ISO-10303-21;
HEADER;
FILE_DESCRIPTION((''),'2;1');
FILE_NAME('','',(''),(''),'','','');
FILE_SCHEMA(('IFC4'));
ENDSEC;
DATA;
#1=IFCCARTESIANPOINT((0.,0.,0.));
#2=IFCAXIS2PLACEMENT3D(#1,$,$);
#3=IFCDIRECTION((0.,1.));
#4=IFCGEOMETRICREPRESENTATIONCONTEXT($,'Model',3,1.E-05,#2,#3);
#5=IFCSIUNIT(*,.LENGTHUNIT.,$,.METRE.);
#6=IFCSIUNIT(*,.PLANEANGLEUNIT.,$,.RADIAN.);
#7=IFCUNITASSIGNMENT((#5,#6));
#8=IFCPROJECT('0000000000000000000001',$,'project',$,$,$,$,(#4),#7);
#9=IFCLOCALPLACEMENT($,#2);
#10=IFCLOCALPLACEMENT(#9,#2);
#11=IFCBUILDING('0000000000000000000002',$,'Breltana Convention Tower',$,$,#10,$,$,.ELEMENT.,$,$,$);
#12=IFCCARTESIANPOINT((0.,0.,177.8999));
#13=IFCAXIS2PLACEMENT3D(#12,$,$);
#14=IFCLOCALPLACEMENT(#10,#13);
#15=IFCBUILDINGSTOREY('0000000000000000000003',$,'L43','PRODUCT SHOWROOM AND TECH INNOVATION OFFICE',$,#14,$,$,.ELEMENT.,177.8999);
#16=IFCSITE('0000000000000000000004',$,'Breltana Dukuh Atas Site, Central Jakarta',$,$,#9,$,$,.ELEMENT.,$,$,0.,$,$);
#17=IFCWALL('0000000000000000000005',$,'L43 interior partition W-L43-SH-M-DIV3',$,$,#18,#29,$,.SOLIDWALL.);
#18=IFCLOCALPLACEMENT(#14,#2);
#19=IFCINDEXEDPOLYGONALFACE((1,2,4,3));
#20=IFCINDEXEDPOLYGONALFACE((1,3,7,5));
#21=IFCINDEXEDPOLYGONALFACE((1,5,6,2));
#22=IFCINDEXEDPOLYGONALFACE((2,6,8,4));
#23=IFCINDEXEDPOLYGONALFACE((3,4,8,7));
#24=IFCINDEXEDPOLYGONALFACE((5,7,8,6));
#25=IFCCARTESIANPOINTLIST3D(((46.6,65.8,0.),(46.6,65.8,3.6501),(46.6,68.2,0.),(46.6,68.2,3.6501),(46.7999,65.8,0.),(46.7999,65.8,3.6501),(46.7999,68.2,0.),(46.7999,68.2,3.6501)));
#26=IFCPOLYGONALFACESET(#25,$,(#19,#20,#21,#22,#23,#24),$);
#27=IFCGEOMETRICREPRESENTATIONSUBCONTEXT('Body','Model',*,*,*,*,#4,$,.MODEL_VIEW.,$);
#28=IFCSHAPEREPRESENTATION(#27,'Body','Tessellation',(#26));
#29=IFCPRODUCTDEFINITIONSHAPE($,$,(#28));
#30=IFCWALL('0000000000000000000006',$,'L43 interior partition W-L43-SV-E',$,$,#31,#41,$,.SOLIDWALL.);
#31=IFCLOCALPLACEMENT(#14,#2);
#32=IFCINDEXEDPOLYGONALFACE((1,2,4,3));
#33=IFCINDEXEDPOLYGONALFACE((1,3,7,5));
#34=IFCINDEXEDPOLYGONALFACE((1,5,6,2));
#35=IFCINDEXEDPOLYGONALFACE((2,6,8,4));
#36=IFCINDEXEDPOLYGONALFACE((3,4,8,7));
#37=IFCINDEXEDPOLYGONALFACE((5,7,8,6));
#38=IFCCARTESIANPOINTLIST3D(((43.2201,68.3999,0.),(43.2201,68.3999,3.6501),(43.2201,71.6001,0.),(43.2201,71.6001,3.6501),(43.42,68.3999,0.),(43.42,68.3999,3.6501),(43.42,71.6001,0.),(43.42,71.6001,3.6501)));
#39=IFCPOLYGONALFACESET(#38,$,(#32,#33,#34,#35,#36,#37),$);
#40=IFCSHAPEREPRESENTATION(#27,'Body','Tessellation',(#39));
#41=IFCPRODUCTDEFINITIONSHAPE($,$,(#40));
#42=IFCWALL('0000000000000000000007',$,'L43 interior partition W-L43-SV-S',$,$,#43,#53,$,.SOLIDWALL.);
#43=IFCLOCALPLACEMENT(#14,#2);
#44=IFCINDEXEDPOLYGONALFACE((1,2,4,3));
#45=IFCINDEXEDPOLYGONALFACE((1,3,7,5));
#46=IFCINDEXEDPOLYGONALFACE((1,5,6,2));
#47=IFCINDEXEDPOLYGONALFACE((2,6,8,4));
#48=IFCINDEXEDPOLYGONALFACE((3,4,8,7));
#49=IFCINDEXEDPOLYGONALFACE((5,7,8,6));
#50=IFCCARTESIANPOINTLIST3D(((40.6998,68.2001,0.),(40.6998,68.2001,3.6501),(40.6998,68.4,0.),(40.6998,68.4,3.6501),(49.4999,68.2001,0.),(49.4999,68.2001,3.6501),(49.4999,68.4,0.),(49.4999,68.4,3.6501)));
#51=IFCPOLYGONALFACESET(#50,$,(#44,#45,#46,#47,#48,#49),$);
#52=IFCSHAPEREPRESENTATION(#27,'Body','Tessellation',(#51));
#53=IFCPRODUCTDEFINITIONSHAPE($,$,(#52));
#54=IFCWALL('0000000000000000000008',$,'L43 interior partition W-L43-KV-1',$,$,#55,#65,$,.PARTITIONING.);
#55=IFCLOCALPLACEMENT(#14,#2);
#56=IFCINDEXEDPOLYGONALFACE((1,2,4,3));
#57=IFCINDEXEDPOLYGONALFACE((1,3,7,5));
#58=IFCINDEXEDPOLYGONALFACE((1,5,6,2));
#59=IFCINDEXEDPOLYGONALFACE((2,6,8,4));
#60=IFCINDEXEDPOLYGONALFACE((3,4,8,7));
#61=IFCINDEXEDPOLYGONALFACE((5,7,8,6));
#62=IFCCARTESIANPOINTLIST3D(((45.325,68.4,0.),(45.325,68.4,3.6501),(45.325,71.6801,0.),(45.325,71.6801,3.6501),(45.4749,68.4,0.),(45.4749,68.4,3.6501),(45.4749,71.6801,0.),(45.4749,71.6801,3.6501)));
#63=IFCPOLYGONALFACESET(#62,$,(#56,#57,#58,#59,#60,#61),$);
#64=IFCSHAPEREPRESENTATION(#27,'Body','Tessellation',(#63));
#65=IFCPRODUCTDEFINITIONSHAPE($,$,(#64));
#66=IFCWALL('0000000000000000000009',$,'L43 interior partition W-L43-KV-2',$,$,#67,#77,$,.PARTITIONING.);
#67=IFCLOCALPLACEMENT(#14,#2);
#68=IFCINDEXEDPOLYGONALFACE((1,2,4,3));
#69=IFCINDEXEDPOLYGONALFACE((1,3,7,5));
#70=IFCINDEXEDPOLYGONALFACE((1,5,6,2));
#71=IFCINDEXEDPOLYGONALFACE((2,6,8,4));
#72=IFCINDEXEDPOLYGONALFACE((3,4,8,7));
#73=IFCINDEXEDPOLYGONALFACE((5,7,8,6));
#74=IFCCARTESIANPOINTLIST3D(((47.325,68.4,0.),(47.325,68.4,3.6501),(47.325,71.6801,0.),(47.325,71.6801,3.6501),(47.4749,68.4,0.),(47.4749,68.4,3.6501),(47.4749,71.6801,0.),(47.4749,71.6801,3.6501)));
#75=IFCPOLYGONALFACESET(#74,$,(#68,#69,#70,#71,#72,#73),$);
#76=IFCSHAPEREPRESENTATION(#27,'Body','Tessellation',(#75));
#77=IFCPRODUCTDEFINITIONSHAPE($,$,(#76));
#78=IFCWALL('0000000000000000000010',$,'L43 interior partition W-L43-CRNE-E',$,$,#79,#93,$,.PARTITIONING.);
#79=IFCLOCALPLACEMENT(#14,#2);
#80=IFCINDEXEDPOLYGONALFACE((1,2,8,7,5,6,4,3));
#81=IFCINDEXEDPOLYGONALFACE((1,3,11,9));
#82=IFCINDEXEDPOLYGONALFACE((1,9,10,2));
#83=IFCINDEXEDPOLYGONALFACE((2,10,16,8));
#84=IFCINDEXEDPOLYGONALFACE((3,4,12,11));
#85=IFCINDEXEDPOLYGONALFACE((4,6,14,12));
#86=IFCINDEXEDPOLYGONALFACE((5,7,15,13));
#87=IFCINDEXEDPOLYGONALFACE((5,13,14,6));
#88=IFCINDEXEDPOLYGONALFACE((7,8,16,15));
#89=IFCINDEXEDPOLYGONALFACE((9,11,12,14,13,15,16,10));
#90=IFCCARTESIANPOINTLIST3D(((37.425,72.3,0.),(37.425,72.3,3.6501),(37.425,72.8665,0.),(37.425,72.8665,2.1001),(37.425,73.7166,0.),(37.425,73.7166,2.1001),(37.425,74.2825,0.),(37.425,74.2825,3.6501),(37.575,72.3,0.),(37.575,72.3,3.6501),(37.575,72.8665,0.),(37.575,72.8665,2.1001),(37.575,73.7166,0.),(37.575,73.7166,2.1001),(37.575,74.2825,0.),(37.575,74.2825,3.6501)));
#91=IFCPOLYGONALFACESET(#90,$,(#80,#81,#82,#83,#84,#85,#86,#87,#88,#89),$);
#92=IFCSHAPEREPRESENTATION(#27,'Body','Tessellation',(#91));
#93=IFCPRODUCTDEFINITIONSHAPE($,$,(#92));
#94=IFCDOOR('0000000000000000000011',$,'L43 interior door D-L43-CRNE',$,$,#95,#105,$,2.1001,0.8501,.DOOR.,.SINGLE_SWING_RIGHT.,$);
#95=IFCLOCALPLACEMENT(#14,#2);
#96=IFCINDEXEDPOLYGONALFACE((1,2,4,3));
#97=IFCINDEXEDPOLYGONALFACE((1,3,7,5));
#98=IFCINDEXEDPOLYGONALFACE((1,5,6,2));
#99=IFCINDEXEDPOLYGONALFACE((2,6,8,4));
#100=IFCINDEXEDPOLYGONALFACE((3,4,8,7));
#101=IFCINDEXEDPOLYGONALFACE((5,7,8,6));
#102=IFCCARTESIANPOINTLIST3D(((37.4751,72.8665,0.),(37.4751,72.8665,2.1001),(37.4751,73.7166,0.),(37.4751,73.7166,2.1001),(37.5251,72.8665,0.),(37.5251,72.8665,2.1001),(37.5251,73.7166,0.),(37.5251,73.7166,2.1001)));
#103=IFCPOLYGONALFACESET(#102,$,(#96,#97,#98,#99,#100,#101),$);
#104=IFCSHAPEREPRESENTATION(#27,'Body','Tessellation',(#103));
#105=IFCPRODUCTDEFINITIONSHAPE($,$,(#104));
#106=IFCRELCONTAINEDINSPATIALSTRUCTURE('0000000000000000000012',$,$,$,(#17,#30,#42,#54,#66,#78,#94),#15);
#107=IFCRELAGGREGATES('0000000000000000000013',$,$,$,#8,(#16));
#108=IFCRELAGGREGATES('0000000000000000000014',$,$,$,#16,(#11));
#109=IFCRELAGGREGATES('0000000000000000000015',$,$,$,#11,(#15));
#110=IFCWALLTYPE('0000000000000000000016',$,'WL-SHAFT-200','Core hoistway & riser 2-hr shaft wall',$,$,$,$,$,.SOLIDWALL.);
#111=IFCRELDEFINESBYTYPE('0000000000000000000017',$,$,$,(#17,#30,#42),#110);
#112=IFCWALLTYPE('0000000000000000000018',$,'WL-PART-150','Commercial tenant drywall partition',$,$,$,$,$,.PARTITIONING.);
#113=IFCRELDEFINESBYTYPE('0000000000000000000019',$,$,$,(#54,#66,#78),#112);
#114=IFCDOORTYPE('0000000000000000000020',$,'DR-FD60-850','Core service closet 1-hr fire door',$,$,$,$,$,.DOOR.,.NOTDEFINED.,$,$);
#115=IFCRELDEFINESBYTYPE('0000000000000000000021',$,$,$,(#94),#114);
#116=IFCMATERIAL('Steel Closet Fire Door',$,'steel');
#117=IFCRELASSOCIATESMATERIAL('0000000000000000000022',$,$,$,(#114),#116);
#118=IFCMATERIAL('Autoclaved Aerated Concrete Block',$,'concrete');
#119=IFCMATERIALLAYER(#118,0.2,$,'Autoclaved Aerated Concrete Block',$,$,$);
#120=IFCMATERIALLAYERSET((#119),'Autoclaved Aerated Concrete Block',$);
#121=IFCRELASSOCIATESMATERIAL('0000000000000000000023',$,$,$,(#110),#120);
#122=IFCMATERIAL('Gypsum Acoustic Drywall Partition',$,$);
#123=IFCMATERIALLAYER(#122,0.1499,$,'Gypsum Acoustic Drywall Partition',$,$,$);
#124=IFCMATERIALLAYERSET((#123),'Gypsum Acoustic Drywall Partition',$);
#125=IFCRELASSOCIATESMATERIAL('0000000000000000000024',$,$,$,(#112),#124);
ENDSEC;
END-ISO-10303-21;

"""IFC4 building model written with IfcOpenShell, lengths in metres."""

from ifc_helpers import new_model, si_unit, direction, frame, frame_2d, origin, place, context, subcontext, project, spatial, rectangle, extrude, source, transform, mapped, material, layer, layer_set, type_object, type_shapes, element, fill, save


model = new_model("IFC4")

# Units and contexts
model_context = context("Model", 3, precision=1e-05, world=origin(), true_north=direction((0.0, 1.0)))
body_context = subcontext(model_context, "Body", "Model", "MODEL_VIEW")
ifc_project = project(units=[si_unit("LENGTHUNIT", "METRE"), si_unit("PLANEANGLEUNIT", "RADIAN")], contexts=[model_context])

# Site, building, storey
site_placement = place(None, origin())
site = spatial("IfcSite", under=ifc_project, at=site_placement, Name="Breltana Dukuh Atas Site, Central Jakarta", CompositionType="ELEMENT", RefElevation=0.0)
building_placement = place(site_placement, origin())
building = spatial("IfcBuilding", under=site, at=building_placement, Name="Breltana Convention Tower", CompositionType="ELEMENT")
storey_placement = place(building_placement, frame((0.0, 0.0, 177.8999)))
storey = spatial("IfcBuildingStorey", under=building, at=storey_placement, Name="L43", Description="PRODUCT SHOWROOM AND TECH INNOVATION OFFICE", CompositionType="ELEMENT", Elevation=177.8999)

# Shared definitions
ifc_material_1 = material(Name="Steel Closet Fire Door", Category="steel")
door_type_1 = type_object("IfcDoorType", Name="DR-FD60-850", Description="Core service closet 1-hr fire door", OperationType="NOTDEFINED", PredefinedType="DOOR", material=ifc_material_1)
shared_shape_1 = source(origin(), body_context, "Body", "SweptSolid", [
    extrude(rectangle(XDim=0.8501, YDim=2.1001, at=frame_2d((0.425, 1.05))), frame((0.0, 0.0249, 0.0), z_axis=(0.0, -1.0, 0.0), x_axis=(1.0, 0.0, 0.0)), (0.0, 0.0, 1.0), 0.05),
])
type_shapes(door_type_1, [shared_shape_1])

# Walls
ifc_material_2 = material(Name="Autoclaved Aerated Concrete Block", Category="concrete")
ifc_layer_1 = layer(ifc_material_2, 0.2, Name="Autoclaved Aerated Concrete Block")
ifc_layer_set_1 = layer_set([ifc_layer_1], Name="Autoclaved Aerated Concrete Block")
wall_type_1 = type_object("IfcWallType", Name="WL-SHAFT-200", Description="Core hoistway & riser 2-hr shaft wall", PredefinedType="SOLIDWALL", material=ifc_layer_set_1)
shared_shape_2 = source(origin(), body_context, "Body", "SweptSolid", [
    extrude(rectangle(XDim=2.3999, YDim=0.2, at=frame_2d((1.2, 0.0))), origin(), (0.0, 0.0, 1.0), 3.6501),
])
wall_1_placement = place(storey_placement, frame((46.7, 65.8, 0.0), z_axis=(0.0, 0.0, 1.0), x_axis=(0.0, 1.0, 0.0)))
element("IfcWall", 1, at=wall_1_placement, inside=storey, type_object=wall_type_1, Name="L43 interior partition W-L43-SH-M-DIV3", PredefinedType="SOLIDWALL", context=body_context, shape_type="MappedRepresentation", body=[
    mapped(shared_shape_2, transform((0.0, 0.0, 0.0), scale=1.0)),
])
shared_shape_3 = source(origin(), body_context, "Body", "SweptSolid", [
    extrude(rectangle(XDim=3.2002, YDim=0.2, at=frame_2d((1.6001, 0.0))), origin(), (0.0, 0.0, 1.0), 3.6501),
])
wall_2_placement = place(storey_placement, frame((43.3201, 68.3999, 0.0), z_axis=(0.0, 0.0, 1.0), x_axis=(0.0, 1.0, 0.0)))
element("IfcWall", 2, at=wall_2_placement, inside=storey, type_object=wall_type_1, Name="L43 interior partition W-L43-SV-E", PredefinedType="SOLIDWALL", context=body_context, shape_type="MappedRepresentation", body=[
    mapped(shared_shape_3, transform((0.0, 0.0, 0.0), scale=1.0)),
])
shared_shape_4 = source(origin(), body_context, "Body", "SweptSolid", [
    extrude(rectangle(XDim=8.8, YDim=0.2, at=frame_2d((4.3999, 0.0))), origin(), (0.0, 0.0, 1.0), 3.6501),
])
wall_3_placement = place(storey_placement, frame((40.7, 68.3, 0.0), z_axis=(0.0, 0.0, 1.0), x_axis=(1.0, 0.0, 0.0)))
element("IfcWall", 3, at=wall_3_placement, inside=storey, type_object=wall_type_1, Name="L43 interior partition W-L43-SV-S", PredefinedType="SOLIDWALL", context=body_context, shape_type="MappedRepresentation", body=[
    mapped(shared_shape_4, transform((0.0, 0.0, 0.0), scale=1.0)),
])
ifc_material_3 = material(Name="Gypsum Acoustic Drywall Partition")
ifc_layer_2 = layer(ifc_material_3, 0.1499, Name="Gypsum Acoustic Drywall Partition")
ifc_layer_set_2 = layer_set([ifc_layer_2], Name="Gypsum Acoustic Drywall Partition")
wall_type_2 = type_object("IfcWallType", Name="WL-PART-150", Description="Commercial tenant drywall partition", PredefinedType="PARTITIONING", material=ifc_layer_set_2)
shared_shape_5 = source(origin(), body_context, "Body", "SweptSolid", [
    extrude(rectangle(XDim=3.28, YDim=0.1499, at=frame_2d((1.6401, 0.0))), origin(), (0.0, 0.0, 1.0), 3.6501),
])
for number, where, z_axis, x_axis, name in (
    (4, (45.3999, 68.3999, 0.0), (0.0, 0.0, 1.0), (0.0, 1.0, 0.0), "L43 interior partition W-L43-KV-1"),
    (5, (47.3999, 68.3999, 0.0), (0.0, 0.0, 1.0), (0.0, 1.0, 0.0), "L43 interior partition W-L43-KV-2"),
):
    element("IfcWall", number, at=place(storey_placement, frame(where, z_axis=z_axis, x_axis=x_axis)), inside=storey, type_object=wall_type_2, Name=name, PredefinedType="PARTITIONING", context=body_context, shape_type="MappedRepresentation", body=[
        mapped(shared_shape_5, transform((0.0, 0.0, 0.0), scale=1.0)),
    ])

# Wall, opening, door
shared_shape_6 = source(origin(), body_context, "Body", "SweptSolid", [
    extrude(rectangle(XDim=1.9824, YDim=0.1499, at=frame_2d((0.9912, 0.0))), origin(), (0.0, 0.0, 1.0), 3.6501),
])
wall_4_placement = place(storey_placement, frame((37.5, 72.3, 0.0), z_axis=(0.0, 0.0, 1.0), x_axis=(0.0, 1.0, 0.0)))
wall_4 = element("IfcWall", 6, at=wall_4_placement, inside=storey, type_object=wall_type_2, Name="L43 interior partition W-L43-CRNE-E", PredefinedType="PARTITIONING", context=body_context, shape_type="MappedRepresentation", body=[
    mapped(shared_shape_6, transform((0.0, 0.0, 0.0), scale=1.0)),
])
opening_1_placement = place(wall_4_placement, frame((0.5664, 0.0, 0.0)))
opening_1 = element("IfcOpeningElement", 7, at=opening_1_placement, cuts=wall_4, PredefinedType="OPENING", context=body_context, shape_type="SweptSolid", body=[
    extrude(rectangle(XDim=0.8501, YDim=2.1001, at=frame_2d((0.425, 1.05))), frame((0.0, 0.085, 0.0), z_axis=(0.0, -1.0, 0.0), x_axis=(1.0, 0.0, 0.0)), (0.0, 0.0, 1.0), 0.1699),
])
door_1_placement = place(opening_1_placement, origin())
door_1 = element("IfcDoor", 8, at=door_1_placement, inside=storey, type_object=door_type_1, Name="L43 interior door D-L43-CRNE", OperationType="SINGLE_SWING_RIGHT", OverallHeight=2.1001, OverallWidth=0.8501, PredefinedType="DOOR", context=body_context, shape_type="MappedRepresentation", body=[
    mapped(shared_shape_1, transform((0.0, 0.0, 0.0), scale=1.0)),
])
fill(opening_1, door_1)

save(model, "model.ifc")
